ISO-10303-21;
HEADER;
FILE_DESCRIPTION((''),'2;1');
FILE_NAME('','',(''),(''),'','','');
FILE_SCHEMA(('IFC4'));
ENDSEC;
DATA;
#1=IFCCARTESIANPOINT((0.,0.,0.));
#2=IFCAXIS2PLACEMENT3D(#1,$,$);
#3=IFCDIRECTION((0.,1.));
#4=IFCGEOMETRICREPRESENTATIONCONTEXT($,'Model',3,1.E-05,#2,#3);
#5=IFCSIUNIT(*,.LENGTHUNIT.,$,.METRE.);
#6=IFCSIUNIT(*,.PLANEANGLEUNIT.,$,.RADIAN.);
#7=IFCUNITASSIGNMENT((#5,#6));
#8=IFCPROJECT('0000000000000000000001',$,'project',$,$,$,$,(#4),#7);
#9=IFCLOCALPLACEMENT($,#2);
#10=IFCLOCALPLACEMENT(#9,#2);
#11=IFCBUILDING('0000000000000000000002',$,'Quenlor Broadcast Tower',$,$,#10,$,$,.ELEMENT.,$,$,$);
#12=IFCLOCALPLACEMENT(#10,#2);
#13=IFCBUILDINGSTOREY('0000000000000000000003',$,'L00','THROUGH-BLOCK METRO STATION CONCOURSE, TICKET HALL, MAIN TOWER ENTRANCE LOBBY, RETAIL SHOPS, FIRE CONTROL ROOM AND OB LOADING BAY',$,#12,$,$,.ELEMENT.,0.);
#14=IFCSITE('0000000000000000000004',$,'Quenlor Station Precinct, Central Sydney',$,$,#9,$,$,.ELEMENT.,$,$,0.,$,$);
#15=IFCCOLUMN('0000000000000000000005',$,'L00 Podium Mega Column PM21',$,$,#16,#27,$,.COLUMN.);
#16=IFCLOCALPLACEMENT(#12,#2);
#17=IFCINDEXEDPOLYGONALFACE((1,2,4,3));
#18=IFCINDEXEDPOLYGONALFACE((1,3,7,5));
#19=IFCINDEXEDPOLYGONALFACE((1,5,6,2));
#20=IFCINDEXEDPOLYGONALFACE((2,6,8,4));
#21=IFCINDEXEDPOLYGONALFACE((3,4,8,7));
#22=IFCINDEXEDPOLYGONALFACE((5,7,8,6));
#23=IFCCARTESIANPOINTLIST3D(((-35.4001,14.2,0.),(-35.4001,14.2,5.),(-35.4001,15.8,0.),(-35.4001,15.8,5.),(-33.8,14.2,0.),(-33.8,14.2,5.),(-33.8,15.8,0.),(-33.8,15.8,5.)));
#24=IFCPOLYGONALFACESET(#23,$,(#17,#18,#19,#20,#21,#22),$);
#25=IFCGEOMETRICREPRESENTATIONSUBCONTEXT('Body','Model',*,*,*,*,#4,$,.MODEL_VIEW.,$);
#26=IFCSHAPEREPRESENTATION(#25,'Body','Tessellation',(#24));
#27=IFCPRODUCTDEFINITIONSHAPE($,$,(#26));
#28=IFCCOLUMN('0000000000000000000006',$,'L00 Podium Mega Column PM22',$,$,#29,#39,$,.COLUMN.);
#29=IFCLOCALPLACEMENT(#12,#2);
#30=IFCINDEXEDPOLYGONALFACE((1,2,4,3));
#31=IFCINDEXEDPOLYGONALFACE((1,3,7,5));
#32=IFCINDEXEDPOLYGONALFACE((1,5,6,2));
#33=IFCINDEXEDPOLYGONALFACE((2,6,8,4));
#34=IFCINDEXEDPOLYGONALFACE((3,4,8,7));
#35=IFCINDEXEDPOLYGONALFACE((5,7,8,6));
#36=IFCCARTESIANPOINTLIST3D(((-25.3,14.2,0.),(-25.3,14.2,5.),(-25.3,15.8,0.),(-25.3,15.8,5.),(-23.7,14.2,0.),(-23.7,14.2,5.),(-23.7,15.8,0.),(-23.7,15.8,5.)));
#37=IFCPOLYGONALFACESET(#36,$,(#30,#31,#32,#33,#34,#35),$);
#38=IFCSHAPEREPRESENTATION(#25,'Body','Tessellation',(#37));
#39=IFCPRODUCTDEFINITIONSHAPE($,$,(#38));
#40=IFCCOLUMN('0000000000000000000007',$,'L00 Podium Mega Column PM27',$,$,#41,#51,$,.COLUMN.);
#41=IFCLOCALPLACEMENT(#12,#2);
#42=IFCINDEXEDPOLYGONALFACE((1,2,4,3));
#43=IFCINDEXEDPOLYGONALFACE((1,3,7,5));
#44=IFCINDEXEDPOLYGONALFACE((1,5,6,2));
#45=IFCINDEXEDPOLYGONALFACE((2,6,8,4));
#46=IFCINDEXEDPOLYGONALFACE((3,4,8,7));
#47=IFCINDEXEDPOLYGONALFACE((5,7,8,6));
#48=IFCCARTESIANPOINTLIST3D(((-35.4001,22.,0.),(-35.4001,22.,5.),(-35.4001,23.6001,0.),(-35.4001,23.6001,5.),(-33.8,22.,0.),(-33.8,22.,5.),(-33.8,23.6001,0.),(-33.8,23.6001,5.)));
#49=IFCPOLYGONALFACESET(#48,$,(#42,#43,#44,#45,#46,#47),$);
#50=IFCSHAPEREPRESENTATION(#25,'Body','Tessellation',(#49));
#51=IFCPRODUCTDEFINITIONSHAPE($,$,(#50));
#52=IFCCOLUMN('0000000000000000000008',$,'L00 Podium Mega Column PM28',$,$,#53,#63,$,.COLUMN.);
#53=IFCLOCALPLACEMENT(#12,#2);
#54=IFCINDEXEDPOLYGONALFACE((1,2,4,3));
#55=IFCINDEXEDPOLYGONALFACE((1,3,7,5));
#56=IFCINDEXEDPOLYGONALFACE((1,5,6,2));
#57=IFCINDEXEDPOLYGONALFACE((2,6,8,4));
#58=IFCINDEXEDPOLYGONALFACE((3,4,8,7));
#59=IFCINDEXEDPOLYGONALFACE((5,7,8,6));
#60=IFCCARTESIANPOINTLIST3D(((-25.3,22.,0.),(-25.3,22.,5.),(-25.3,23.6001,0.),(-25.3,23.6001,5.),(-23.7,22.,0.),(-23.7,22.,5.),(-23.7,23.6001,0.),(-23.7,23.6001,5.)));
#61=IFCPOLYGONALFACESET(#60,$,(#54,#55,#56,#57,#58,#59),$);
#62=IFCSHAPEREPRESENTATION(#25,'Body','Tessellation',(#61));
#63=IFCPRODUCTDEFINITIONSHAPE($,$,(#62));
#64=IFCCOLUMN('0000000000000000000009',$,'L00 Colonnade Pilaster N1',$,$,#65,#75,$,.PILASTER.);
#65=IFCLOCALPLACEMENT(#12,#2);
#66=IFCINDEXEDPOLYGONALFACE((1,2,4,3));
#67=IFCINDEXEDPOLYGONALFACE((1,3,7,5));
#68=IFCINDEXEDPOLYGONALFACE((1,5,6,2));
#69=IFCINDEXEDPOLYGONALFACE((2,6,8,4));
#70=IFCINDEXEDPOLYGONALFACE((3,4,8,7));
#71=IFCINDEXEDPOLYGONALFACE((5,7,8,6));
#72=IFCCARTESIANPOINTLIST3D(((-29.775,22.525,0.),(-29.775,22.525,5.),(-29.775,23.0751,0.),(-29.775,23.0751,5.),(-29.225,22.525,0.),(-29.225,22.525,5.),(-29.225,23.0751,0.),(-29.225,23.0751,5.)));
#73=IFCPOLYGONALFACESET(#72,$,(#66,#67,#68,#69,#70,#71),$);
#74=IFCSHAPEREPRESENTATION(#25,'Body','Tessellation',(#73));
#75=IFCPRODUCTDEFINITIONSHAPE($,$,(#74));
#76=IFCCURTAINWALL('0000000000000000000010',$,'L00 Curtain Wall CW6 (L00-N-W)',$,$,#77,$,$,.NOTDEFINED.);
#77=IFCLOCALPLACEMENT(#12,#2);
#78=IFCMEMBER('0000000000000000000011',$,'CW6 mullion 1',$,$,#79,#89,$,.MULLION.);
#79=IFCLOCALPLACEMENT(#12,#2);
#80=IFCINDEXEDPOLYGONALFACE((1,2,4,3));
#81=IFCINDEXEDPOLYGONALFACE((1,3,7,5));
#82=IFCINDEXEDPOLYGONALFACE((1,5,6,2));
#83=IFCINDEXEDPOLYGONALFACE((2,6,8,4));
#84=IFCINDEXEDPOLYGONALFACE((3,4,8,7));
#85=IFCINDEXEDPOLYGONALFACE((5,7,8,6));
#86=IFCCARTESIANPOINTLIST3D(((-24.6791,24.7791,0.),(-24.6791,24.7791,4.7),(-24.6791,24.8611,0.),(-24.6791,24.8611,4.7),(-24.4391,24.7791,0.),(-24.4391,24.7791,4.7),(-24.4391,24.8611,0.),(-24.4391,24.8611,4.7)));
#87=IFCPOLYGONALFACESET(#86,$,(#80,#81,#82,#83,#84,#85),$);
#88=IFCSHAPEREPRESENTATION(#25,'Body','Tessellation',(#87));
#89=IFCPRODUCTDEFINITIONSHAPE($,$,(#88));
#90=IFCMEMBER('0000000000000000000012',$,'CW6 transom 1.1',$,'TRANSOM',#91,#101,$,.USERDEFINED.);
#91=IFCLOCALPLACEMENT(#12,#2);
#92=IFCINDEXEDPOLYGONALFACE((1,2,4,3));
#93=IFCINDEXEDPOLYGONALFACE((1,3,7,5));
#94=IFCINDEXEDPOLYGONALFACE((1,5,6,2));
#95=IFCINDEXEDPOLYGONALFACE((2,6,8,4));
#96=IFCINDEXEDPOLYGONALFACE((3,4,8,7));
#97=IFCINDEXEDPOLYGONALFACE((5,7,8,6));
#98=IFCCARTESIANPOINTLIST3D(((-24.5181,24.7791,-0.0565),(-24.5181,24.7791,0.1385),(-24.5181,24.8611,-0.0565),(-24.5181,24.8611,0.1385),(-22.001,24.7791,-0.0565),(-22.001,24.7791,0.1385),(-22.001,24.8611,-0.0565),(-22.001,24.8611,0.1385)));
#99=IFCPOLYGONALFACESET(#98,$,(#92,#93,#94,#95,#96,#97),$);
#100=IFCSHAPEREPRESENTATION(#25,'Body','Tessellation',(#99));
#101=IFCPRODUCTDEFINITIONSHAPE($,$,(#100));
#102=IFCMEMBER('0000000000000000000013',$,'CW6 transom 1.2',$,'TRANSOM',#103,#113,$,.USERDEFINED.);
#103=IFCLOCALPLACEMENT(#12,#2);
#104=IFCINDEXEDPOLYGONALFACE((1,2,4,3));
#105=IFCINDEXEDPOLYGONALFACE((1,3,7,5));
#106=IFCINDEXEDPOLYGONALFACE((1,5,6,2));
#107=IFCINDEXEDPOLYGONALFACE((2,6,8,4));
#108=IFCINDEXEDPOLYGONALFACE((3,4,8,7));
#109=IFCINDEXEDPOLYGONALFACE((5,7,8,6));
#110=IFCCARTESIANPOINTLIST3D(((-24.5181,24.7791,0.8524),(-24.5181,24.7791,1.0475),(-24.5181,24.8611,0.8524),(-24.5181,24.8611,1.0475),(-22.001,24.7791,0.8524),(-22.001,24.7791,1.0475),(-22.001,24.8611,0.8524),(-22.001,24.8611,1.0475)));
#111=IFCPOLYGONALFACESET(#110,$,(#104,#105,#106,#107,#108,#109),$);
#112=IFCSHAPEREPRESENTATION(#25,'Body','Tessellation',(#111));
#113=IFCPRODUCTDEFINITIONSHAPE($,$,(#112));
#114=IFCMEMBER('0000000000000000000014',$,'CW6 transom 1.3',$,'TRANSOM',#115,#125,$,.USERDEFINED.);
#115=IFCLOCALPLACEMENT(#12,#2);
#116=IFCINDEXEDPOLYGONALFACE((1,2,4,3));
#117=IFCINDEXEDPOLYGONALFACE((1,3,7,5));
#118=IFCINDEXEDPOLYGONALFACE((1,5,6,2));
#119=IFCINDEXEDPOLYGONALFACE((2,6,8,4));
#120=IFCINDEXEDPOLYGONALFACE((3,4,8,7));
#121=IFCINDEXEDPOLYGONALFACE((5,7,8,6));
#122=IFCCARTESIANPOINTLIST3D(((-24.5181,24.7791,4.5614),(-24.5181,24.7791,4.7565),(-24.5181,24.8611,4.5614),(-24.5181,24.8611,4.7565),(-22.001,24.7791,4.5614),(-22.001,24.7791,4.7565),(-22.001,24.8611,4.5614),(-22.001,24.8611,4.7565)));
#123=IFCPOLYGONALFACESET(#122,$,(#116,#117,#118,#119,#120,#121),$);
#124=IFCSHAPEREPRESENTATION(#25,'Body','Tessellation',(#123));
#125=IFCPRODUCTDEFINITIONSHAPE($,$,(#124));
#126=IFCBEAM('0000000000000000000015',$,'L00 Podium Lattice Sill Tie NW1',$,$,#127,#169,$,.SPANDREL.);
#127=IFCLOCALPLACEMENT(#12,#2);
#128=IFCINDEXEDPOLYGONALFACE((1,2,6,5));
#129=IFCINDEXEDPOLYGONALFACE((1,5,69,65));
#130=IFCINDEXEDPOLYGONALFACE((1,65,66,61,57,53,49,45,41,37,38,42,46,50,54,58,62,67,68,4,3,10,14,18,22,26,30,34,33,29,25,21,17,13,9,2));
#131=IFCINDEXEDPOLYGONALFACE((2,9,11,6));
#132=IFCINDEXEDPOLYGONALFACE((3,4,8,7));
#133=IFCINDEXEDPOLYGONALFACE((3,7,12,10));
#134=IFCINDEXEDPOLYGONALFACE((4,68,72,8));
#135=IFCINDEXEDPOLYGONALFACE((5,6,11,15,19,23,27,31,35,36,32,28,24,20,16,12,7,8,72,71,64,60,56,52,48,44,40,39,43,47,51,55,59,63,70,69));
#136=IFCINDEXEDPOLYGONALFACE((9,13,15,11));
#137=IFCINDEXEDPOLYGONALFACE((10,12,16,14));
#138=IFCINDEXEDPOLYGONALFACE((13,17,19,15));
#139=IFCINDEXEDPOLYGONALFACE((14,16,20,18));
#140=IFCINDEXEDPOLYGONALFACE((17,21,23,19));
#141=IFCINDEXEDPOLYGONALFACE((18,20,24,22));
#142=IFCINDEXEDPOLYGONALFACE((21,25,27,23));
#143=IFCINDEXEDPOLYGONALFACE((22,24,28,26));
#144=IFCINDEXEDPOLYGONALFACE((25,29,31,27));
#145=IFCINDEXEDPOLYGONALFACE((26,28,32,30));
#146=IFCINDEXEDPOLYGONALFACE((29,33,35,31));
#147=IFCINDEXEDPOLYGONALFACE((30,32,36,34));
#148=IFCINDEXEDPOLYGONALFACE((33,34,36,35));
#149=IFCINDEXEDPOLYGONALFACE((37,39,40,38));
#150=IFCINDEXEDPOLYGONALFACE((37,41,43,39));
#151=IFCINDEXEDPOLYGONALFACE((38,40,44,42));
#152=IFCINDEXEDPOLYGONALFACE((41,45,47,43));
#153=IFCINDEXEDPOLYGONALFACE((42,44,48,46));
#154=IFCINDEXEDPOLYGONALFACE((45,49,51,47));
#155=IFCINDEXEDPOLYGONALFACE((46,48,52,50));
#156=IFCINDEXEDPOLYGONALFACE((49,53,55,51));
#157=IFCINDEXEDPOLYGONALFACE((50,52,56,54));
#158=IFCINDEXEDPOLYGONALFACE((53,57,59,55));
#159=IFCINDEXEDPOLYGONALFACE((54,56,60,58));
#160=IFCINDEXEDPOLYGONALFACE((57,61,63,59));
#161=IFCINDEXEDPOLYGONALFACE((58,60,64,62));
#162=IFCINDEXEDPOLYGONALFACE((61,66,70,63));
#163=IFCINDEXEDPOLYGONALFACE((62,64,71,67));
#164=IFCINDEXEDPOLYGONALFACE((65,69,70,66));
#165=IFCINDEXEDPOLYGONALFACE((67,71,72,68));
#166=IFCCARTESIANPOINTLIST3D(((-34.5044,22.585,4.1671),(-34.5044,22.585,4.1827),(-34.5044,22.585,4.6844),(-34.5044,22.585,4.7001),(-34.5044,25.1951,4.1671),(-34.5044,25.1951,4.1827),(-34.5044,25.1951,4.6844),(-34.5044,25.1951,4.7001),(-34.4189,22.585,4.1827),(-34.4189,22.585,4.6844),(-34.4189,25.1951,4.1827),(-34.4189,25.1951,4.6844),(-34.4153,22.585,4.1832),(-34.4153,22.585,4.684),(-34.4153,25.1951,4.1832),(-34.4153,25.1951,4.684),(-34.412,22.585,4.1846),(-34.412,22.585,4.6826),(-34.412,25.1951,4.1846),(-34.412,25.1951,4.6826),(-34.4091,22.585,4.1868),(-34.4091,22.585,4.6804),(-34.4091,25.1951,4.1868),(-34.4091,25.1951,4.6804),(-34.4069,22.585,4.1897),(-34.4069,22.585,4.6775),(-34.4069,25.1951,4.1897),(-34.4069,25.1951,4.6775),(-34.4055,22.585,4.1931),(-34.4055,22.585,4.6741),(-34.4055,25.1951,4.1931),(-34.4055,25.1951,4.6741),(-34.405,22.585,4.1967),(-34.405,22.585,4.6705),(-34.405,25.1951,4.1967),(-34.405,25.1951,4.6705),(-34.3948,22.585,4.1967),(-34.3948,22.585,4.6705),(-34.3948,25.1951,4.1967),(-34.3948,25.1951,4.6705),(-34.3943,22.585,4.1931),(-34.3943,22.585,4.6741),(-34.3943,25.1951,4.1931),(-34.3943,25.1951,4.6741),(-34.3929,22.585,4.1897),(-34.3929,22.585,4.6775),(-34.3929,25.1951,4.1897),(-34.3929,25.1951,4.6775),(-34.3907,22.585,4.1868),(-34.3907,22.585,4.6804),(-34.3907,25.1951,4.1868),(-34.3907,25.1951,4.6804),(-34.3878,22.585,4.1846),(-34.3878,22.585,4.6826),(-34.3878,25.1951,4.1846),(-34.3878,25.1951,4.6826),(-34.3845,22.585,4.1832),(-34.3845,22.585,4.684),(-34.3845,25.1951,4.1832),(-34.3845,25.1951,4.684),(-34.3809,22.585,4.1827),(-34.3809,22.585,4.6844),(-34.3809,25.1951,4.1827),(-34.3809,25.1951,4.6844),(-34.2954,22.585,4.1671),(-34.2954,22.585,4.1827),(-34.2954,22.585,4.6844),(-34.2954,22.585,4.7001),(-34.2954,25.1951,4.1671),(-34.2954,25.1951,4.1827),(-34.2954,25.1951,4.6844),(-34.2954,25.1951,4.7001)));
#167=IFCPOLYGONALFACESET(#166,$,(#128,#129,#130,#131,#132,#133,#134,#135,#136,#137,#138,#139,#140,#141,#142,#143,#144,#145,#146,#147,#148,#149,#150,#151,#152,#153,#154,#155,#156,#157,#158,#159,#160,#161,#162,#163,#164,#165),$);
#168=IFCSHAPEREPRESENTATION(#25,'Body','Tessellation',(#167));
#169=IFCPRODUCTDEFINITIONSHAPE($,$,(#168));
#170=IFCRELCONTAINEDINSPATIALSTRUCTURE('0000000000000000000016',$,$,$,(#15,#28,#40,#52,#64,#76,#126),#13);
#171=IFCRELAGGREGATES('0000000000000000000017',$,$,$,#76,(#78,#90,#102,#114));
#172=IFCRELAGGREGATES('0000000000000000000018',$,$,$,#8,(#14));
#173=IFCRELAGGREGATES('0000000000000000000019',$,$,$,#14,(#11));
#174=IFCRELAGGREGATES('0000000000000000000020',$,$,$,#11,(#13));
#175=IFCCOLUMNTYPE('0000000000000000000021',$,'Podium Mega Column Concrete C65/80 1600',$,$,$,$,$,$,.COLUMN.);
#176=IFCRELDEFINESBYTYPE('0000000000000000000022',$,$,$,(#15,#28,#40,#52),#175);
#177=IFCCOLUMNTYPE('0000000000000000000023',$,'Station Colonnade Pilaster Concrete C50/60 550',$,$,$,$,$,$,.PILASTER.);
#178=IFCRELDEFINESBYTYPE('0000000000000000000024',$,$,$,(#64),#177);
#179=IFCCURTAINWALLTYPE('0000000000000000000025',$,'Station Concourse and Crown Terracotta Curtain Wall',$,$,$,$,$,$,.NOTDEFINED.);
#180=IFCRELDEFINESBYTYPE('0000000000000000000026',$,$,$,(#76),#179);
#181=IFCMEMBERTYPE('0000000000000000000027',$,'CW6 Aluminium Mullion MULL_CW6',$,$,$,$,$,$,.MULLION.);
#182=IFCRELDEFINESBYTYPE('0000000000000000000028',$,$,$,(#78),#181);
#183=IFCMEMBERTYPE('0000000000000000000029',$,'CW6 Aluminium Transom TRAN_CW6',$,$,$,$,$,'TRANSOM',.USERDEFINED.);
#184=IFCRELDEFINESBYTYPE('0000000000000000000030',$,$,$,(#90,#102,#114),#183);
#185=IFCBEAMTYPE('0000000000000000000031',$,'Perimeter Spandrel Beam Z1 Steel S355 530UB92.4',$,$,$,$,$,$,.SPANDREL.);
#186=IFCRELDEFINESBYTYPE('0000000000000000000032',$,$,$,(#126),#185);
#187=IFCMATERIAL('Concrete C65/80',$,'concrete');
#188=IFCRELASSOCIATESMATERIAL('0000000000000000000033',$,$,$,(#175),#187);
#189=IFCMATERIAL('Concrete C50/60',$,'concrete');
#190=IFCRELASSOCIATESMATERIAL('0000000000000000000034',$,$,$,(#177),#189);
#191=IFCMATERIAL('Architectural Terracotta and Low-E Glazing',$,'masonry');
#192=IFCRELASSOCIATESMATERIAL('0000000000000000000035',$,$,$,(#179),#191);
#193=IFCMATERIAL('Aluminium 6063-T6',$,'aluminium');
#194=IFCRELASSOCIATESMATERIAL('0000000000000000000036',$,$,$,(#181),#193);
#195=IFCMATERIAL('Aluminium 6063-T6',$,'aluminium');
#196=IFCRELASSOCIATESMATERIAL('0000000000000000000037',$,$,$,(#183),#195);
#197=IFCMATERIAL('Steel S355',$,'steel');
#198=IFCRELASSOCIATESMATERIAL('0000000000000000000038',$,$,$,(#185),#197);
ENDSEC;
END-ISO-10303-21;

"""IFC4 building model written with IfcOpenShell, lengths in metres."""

from ifc_helpers import new_model, si_unit, direction, frame, origin, origin_2d, place, context, subcontext, project, spatial, rectangle, i_section, extrude, material, material_profile, profile_set, type_object, element, aggregate, save


model = new_model("IFC4")

# Units and contexts
model_context = context("Model", 3, precision=1e-05, world=origin(), true_north=direction((0.0, 1.0)))
body_context = subcontext(model_context, "Body", "Model", "MODEL_VIEW")
ifc_project = project(units=[si_unit("LENGTHUNIT", "METRE"), si_unit("PLANEANGLEUNIT", "RADIAN")], contexts=[model_context])

# Site, building, storey
site_placement = place(None, origin())
site = spatial("IfcSite", under=ifc_project, at=site_placement, Name="Quenlor Station Precinct, Central Sydney", CompositionType="ELEMENT", RefElevation=0.0)
building_placement = place(site_placement, origin())
building = spatial("IfcBuilding", under=site, at=building_placement, Name="Quenlor Broadcast Tower", CompositionType="ELEMENT")
storey_placement = place(building_placement, origin())
storey = spatial("IfcBuildingStorey", under=building, at=storey_placement, Name="L00", Description="THROUGH-BLOCK METRO STATION CONCOURSE, TICKET HALL, MAIN TOWER ENTRANCE LOBBY, RETAIL SHOPS, FIRE CONTROL ROOM AND OB LOADING BAY", CompositionType="ELEMENT", Elevation=0.0)

# Columns
ifc_material_1 = material(Name="Concrete C65/80", Category="concrete")
ifc_material_profile_1 = material_profile(ifc_material_1, rectangle(XDim=1.6001, YDim=1.6001, at=origin_2d()))
ifc_profile_set_1 = profile_set([ifc_material_profile_1], Name="Concrete C65/80 RC1600x1600")
column_type_1 = type_object("IfcColumnType", Name="Podium Mega Column Concrete C65/80 1600", PredefinedType="COLUMN", material=ifc_profile_set_1)
for number, where, z_axis, x_axis, name in (
    (1, (-34.6001, 15.0, 0.0), (0.0, 0.0, 1.0), (1.0, 0.0, 0.0), "L00 Podium Mega Column PM21"),
    (2, (-24.5, 15.0, 0.0), (0.0, 0.0, 1.0), (1.0, 0.0, 0.0), "L00 Podium Mega Column PM22"),
    (3, (-34.6001, 22.8, 0.0), (0.0, 0.0, 1.0), (1.0, 0.0, 0.0), "L00 Podium Mega Column PM27"),
    (4, (-24.5, 22.8, 0.0), (0.0, 0.0, 1.0), (1.0, 0.0, 0.0), "L00 Podium Mega Column PM28"),
):
    element("IfcColumn", number, at=place(storey_placement, frame(where, z_axis=z_axis, x_axis=x_axis)), inside=storey, type_object=column_type_1, Name=name, PredefinedType="COLUMN", context=body_context, shape_type="SweptSolid", body=[
        extrude(rectangle(XDim=1.6001, YDim=1.6001, at=origin_2d()), origin(), (0.0, 0.0, 1.0), 5.0),
    ])
ifc_material_2 = material(Name="Concrete C50/60", Category="concrete")
ifc_material_profile_2 = material_profile(ifc_material_2, rectangle(XDim=0.55, YDim=0.55, at=origin_2d()))
ifc_profile_set_2 = profile_set([ifc_material_profile_2], Name="Concrete C50/60 PIL550x550")
column_type_2 = type_object("IfcColumnType", Name="Station Colonnade Pilaster Concrete C50/60 550", PredefinedType="PILASTER", material=ifc_profile_set_2)
column_placement = place(storey_placement, frame((-29.5, 22.8, 0.0), z_axis=(0.0, 0.0, 1.0), x_axis=(1.0, 0.0, 0.0)))
element("IfcColumn", 5, at=column_placement, inside=storey, type_object=column_type_2, Name="L00 Colonnade Pilaster N1", PredefinedType="PILASTER", context=body_context, shape_type="SweptSolid", body=[
    extrude(rectangle(XDim=0.55, YDim=0.55, at=origin_2d()), origin(), (0.0, 0.0, 1.0), 5.0),
])

# Curtain wall, members
ifc_material_3 = material(Name="Architectural Terracotta and Low-E Glazing", Category="masonry")
curtain_wall_type = type_object("IfcCurtainWallType", Name="Station Concourse and Crown Terracotta Curtain Wall", PredefinedType="NOTDEFINED", material=ifc_material_3)
curtain_wall_placement = place(storey_placement, origin())
curtain_wall = element("IfcCurtainWall", 6, at=curtain_wall_placement, inside=storey, type_object=curtain_wall_type, Name="L00 Curtain Wall CW6 (L00-N-W)", PredefinedType="NOTDEFINED")
ifc_material_4 = material(Name="Aluminium 6063-T6", Category="aluminium")
ifc_material_profile_3 = material_profile(ifc_material_4, rectangle(XDim=0.082, YDim=0.24, at=origin_2d()))
ifc_profile_set_3 = profile_set([ifc_material_profile_3], Name="Aluminium 6063-T6 MULL82x240")
member_type_1 = type_object("IfcMemberType", Name="CW6 Aluminium Mullion MULL_CW6", PredefinedType="MULLION", material=ifc_profile_set_3)
member_1_placement = place(storey_placement, frame((-24.5591, 24.8201, 0.0), z_axis=(0.0, 0.0, 1.0), x_axis=(0.0, 1.0, 0.0)))
member_1 = element("IfcMember", 7, at=member_1_placement, type_object=member_type_1, Name="CW6 mullion 1", PredefinedType="MULLION", context=body_context, shape_type="SweptSolid", body=[
    extrude(rectangle(XDim=0.082, YDim=0.24, at=origin_2d()), origin(), (0.0, 0.0, 1.0), 4.7),
])
ifc_material_5 = material(Name="Aluminium 6063-T6", Category="aluminium")
ifc_material_profile_4 = material_profile(ifc_material_5, rectangle(XDim=0.082, YDim=0.1951, at=origin_2d()))
ifc_profile_set_4 = profile_set([ifc_material_profile_4], Name="Aluminium 6063-T6 TRAN82x195")
member_type_2 = type_object("IfcMemberType", Name="CW6 Aluminium Transom TRAN_CW6", ElementType="TRANSOM", PredefinedType="USERDEFINED", material=ifc_profile_set_4)
member_2_placement = place(storey_placement, frame((-24.5181, 24.8201, 0.041), z_axis=(1.0, 0.0, 0.0), x_axis=(0.0, 1.0, 0.0)))
member_2 = element("IfcMember", 8, at=member_2_placement, type_object=member_type_2, Name="CW6 transom 1.1", ObjectType="TRANSOM", PredefinedType="USERDEFINED", context=body_context, shape_type="SweptSolid", body=[
    extrude(rectangle(XDim=0.082, YDim=0.1951, at=origin_2d()), origin(), (0.0, 0.0, 1.0), 2.5171),
])
member_3_placement = place(storey_placement, frame((-24.5181, 24.8201, 0.95), z_axis=(1.0, 0.0, 0.0), x_axis=(0.0, 1.0, 0.0)))
member_3 = element("IfcMember", 9, at=member_3_placement, type_object=member_type_2, Name="CW6 transom 1.2", ObjectType="TRANSOM", PredefinedType="USERDEFINED", context=body_context, shape_type="SweptSolid", body=[
    extrude(rectangle(XDim=0.082, YDim=0.1951, at=origin_2d()), origin(), (0.0, 0.0, 1.0), 2.5171),
])
member_4_placement = place(storey_placement, frame((-24.5181, 24.8201, 4.6589), z_axis=(1.0, 0.0, 0.0), x_axis=(0.0, 1.0, 0.0)))
member_4 = element("IfcMember", 10, at=member_4_placement, type_object=member_type_2, Name="CW6 transom 1.3", ObjectType="TRANSOM", PredefinedType="USERDEFINED", context=body_context, shape_type="SweptSolid", body=[
    extrude(rectangle(XDim=0.082, YDim=0.1951, at=origin_2d()), origin(), (0.0, 0.0, 1.0), 2.5171),
])
aggregate(curtain_wall, [member_1, member_2, member_3, member_4])

# Beam
ifc_material_6 = material(Name="Steel S355", Category="steel")
ifc_material_profile_5 = material_profile(ifc_material_6, i_section(OverallWidth=0.209, OverallDepth=0.533, WebThickness=0.0103, FlangeThickness=0.0156, FilletRadius=0.0139, at=origin_2d()))
ifc_profile_set_5 = profile_set([ifc_material_profile_5], Name="Steel S355 530UB92.4")
beam_type_1 = type_object("IfcBeamType", Name="Perimeter Spandrel Beam Z1 Steel S355 530UB92.4", PredefinedType="SPANDREL", material=ifc_profile_set_5)
beam_1_placement = place(storey_placement, frame((-34.3999, 22.585, 4.4336), z_axis=(0.0, 1.0, 0.0), x_axis=(-1.0, 0.0, 0.0)))
element("IfcBeam", 11, at=beam_1_placement, inside=storey, type_object=beam_type_1, Name="L00 Podium Lattice Sill Tie NW1", PredefinedType="SPANDREL", context=body_context, shape_type="SweptSolid", body=[
    extrude(i_section(OverallWidth=0.209, OverallDepth=0.533, WebThickness=0.0103, FlangeThickness=0.0156, FilletRadius=0.0139, at=origin_2d()), origin(), (0.0, 0.0, 1.0), 2.6101),
])

save(model, "model.ifc")
